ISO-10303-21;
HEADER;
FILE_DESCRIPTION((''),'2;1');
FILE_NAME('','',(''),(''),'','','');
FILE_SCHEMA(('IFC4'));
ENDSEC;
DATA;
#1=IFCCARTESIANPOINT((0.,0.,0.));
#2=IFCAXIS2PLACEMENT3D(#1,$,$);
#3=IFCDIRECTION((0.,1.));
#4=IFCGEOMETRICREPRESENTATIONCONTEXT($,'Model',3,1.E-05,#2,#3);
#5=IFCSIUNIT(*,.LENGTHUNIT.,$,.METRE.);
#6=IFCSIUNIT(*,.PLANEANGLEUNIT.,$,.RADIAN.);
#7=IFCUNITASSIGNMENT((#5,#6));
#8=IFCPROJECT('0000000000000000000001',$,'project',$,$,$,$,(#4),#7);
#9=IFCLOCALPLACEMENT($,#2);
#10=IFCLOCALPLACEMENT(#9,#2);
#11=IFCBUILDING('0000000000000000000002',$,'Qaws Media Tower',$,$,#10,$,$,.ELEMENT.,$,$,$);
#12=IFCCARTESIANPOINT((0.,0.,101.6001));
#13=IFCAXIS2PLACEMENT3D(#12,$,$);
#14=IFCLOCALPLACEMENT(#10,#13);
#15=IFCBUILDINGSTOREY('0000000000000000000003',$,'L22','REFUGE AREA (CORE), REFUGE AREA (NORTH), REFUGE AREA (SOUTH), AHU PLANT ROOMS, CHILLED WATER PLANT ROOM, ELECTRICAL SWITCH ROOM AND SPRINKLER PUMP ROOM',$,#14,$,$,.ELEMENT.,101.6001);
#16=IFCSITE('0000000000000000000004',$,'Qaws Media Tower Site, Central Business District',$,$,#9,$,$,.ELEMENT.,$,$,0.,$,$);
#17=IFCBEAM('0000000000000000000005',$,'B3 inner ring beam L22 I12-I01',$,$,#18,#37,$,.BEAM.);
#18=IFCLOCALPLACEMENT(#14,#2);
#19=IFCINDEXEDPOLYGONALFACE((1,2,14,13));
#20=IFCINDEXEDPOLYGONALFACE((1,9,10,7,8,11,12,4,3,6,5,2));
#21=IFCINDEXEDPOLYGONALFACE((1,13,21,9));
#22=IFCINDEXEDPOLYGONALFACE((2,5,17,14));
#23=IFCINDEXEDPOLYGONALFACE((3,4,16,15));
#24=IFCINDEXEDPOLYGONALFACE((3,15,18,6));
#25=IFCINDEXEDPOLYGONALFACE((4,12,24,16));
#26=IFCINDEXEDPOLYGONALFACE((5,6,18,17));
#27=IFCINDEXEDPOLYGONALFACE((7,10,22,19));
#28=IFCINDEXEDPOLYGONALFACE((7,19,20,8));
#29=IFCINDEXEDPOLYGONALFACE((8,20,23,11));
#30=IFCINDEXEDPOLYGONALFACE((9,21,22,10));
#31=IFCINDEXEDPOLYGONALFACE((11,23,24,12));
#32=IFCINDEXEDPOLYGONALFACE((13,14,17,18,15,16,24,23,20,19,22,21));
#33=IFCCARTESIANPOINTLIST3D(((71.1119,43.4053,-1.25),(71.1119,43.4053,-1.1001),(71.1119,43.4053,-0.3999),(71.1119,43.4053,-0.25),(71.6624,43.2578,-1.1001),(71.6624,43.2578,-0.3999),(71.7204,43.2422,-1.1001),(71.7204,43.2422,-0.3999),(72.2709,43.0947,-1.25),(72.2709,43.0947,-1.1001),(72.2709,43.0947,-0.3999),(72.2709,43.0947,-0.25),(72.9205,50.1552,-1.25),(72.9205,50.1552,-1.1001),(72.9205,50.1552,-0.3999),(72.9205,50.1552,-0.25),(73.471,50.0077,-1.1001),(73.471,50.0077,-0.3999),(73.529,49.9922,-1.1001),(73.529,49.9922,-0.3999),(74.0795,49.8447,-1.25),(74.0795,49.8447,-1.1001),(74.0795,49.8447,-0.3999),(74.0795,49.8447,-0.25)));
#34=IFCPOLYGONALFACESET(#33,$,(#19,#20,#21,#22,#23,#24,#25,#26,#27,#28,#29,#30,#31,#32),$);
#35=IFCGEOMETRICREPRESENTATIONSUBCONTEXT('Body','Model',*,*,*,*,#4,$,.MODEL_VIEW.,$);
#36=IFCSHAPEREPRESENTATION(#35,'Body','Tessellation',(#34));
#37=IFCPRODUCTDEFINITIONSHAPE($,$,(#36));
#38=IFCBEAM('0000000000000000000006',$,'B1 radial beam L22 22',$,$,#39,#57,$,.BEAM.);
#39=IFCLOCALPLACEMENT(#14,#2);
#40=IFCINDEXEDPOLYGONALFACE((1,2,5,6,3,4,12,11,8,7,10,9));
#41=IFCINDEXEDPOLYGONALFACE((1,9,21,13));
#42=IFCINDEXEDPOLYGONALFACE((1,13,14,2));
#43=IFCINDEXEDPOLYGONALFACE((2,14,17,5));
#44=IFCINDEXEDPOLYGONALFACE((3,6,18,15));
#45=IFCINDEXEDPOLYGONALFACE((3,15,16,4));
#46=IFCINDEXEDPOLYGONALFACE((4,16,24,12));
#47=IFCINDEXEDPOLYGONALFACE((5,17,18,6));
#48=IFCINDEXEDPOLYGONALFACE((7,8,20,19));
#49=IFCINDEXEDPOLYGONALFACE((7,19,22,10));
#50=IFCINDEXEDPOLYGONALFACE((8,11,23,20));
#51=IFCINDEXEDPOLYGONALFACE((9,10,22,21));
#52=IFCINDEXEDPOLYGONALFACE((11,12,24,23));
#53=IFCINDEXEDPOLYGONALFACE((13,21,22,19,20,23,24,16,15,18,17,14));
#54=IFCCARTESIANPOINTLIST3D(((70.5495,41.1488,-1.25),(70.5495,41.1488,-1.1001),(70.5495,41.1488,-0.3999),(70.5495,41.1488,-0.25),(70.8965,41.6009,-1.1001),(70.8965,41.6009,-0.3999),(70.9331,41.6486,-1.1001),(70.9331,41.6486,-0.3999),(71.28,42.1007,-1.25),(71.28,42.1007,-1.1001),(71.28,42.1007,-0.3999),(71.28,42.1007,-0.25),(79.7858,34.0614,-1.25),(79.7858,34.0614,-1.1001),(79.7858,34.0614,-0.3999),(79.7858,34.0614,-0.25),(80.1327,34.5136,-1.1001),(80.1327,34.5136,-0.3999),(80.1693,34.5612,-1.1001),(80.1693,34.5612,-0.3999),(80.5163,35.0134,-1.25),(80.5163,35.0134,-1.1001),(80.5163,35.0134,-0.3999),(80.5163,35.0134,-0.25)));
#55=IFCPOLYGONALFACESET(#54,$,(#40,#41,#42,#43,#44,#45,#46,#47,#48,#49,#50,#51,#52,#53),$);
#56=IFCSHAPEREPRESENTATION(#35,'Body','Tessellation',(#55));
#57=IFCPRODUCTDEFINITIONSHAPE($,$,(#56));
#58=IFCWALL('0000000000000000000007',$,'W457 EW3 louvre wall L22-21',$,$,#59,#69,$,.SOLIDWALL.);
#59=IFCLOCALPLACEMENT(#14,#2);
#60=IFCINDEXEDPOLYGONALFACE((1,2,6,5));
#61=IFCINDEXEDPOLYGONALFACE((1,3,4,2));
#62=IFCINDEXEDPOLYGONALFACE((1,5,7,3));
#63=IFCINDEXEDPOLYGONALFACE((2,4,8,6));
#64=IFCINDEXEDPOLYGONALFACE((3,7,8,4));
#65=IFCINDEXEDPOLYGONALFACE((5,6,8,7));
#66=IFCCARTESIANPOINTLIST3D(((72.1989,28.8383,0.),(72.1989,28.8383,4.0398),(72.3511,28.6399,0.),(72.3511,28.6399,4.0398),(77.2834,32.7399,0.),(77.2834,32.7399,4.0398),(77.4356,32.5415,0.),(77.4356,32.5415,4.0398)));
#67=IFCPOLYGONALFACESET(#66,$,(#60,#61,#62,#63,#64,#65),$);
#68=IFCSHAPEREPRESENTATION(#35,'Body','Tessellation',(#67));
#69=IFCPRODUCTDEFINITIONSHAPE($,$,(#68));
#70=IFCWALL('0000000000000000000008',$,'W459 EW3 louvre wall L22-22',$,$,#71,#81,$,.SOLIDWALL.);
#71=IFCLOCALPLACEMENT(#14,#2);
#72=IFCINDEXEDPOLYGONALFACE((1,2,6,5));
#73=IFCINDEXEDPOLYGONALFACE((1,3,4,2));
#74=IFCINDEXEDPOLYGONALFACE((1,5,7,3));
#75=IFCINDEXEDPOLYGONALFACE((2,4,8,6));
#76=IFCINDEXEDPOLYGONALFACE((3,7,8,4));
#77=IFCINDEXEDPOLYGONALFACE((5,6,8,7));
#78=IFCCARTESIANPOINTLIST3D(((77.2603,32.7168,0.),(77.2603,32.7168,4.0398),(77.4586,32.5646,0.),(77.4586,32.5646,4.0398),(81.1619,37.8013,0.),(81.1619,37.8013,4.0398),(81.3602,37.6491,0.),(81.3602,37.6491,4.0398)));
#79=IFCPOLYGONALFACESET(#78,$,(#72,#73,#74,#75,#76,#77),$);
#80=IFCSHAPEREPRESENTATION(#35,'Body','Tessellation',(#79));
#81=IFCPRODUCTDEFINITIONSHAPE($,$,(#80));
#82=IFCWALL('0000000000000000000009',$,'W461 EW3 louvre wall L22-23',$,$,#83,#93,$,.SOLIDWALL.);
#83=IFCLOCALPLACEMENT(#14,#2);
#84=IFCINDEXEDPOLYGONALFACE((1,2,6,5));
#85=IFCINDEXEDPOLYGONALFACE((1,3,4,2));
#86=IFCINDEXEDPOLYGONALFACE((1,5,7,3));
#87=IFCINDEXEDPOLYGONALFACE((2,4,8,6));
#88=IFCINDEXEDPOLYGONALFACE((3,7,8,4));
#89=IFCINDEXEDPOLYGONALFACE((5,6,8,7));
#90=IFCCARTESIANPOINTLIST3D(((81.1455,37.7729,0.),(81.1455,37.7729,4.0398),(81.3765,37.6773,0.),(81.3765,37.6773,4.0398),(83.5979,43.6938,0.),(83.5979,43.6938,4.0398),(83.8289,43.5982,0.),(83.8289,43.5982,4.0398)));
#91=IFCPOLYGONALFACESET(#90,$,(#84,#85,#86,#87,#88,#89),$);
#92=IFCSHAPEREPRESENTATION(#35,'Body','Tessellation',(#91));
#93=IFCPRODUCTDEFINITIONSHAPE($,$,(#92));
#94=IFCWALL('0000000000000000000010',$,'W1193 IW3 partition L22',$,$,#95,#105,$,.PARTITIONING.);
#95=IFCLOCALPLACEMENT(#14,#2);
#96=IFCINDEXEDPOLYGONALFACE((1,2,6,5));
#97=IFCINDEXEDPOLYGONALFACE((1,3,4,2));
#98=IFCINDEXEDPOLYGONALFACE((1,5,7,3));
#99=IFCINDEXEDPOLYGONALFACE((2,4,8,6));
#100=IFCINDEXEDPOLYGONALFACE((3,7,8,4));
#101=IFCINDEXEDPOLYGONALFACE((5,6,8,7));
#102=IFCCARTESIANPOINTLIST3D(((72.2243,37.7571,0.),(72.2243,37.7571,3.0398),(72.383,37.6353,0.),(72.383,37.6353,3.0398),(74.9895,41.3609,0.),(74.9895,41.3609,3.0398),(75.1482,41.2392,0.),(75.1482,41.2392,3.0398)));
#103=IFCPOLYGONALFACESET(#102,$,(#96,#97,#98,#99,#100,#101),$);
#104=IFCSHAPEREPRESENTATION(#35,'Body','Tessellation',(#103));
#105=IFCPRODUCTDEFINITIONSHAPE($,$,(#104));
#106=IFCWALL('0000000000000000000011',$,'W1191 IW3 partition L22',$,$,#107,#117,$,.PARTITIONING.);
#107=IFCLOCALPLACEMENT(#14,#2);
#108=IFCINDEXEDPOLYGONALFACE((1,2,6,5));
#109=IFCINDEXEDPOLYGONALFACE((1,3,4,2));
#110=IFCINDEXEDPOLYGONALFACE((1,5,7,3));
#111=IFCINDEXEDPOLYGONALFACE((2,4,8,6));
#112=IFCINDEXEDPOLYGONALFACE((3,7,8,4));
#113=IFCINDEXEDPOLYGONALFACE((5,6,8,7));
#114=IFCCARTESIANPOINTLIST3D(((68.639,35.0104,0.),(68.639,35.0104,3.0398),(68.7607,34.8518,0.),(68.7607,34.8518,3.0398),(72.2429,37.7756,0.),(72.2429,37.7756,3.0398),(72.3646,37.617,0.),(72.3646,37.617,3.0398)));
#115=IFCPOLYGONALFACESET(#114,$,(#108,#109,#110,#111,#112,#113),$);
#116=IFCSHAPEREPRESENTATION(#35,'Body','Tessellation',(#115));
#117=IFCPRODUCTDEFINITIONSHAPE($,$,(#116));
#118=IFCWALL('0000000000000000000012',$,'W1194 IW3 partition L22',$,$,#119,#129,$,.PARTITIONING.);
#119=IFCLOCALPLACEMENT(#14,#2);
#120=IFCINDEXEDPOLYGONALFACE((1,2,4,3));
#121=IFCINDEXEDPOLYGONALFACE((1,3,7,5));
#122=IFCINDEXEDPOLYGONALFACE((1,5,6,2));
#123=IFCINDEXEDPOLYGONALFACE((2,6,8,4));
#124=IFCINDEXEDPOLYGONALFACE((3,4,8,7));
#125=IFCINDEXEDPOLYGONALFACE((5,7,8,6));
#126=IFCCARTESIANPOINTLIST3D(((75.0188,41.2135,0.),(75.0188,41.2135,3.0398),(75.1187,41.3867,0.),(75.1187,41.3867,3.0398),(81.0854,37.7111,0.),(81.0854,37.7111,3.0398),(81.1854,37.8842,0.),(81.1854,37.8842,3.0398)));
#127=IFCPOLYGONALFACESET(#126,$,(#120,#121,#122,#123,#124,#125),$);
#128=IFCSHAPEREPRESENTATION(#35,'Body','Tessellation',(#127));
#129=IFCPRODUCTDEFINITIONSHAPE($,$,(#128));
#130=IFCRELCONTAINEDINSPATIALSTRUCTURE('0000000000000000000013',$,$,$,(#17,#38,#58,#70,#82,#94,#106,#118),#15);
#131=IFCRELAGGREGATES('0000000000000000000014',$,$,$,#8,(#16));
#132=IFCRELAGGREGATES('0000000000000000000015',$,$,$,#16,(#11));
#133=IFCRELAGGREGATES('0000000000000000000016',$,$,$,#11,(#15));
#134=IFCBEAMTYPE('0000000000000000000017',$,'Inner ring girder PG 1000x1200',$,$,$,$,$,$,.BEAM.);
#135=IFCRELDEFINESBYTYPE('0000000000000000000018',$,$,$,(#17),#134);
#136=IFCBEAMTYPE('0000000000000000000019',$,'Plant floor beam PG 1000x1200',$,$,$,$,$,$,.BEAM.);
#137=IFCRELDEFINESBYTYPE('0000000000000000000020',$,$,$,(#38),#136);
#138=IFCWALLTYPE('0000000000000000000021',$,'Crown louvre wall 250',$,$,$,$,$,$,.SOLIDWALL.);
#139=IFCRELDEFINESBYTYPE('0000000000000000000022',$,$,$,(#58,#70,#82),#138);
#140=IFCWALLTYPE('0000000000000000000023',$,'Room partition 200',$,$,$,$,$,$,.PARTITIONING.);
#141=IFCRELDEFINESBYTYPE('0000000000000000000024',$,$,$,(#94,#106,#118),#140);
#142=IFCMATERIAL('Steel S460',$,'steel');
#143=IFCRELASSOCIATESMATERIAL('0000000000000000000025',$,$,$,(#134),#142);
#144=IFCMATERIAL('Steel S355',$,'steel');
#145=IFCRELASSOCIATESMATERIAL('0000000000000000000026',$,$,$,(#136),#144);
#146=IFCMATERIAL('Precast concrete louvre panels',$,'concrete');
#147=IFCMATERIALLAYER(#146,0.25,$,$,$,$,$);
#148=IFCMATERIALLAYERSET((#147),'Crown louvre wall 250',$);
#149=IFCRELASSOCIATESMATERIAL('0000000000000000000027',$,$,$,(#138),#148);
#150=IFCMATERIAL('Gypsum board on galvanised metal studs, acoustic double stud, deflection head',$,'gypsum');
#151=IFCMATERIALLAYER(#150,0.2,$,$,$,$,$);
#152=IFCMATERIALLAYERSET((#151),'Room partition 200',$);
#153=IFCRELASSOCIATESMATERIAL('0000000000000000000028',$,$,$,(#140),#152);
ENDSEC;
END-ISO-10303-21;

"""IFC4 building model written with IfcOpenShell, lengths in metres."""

from ifc_helpers import new_model, si_unit, direction, frame, frame_2d, origin, origin_2d, place, context, subcontext, project, spatial, rectangle, i_section, extrude, material, layer, layer_set, material_profile, profile_set, type_object, element, save


model = new_model("IFC4")

# Units and contexts
model_context = context("Model", 3, precision=1e-05, world=origin(), true_north=direction((0.0, 1.0)))
body_context = subcontext(model_context, "Body", "Model", "MODEL_VIEW")
ifc_project = project(units=[si_unit("LENGTHUNIT", "METRE"), si_unit("PLANEANGLEUNIT", "RADIAN")], contexts=[model_context])

# Site, building, storey
site_placement = place(None, origin())
site = spatial("IfcSite", under=ifc_project, at=site_placement, Name="Qaws Media Tower Site, Central Business District", CompositionType="ELEMENT", RefElevation=0.0)
building_placement = place(site_placement, origin())
building = spatial("IfcBuilding", under=site, at=building_placement, Name="Qaws Media Tower", CompositionType="ELEMENT")
storey_placement = place(building_placement, frame((0.0, 0.0, 101.6001)))
storey = spatial("IfcBuildingStorey", under=building, at=storey_placement, Name="L22", Description="REFUGE AREA (CORE), REFUGE AREA (NORTH), REFUGE AREA (SOUTH), AHU PLANT ROOMS, CHILLED WATER PLANT ROOM, ELECTRICAL SWITCH ROOM AND SPRINKLER PUMP ROOM", CompositionType="ELEMENT", Elevation=101.6001)

# Beams
ifc_material_1 = material(Name="Steel S460", Category="steel")
ifc_material_profile_1 = material_profile(ifc_material_1, i_section(OverallWidth=1.2, OverallDepth=1.0, WebThickness=0.0601, FlangeThickness=0.1499, at=origin_2d()), Name="PG 1000x1200")
ifc_profile_set_1 = profile_set([ifc_material_profile_1], Name="Steel S460")
beam_type_1 = type_object("IfcBeamType", Name="Inner ring girder PG 1000x1200", PredefinedType="BEAM", material=ifc_profile_set_1)
beam_1_placement = place(storey_placement, frame((71.6914, 43.25, -0.75), z_axis=(0.258811, 0.965928, 0.0), x_axis=(-0.965928, 0.258811, 0.0)))
element("IfcBeam", 1, at=beam_1_placement, inside=storey, type_object=beam_type_1, Name="B3 inner ring beam L22 I12-I01", PredefinedType="BEAM", context=body_context, shape_type="SweptSolid", body=[
    extrude(i_section(OverallWidth=1.2, OverallDepth=1.0, WebThickness=0.0601, FlangeThickness=0.1499, at=origin_2d()), origin(), (0.0, 0.0, 1.0), 6.988),
])
ifc_material_2 = material(Name="Steel S355", Category="steel")
ifc_material_profile_2 = material_profile(ifc_material_2, i_section(OverallWidth=1.2, OverallDepth=1.0, WebThickness=0.0601, FlangeThickness=0.1499, at=origin_2d()), Name="PG 1000x1200")
ifc_profile_set_2 = profile_set([ifc_material_profile_2], Name="Steel S355")
beam_type_2 = type_object("IfcBeamType", Name="Plant floor beam PG 1000x1200", PredefinedType="BEAM", material=ifc_profile_set_2)
beam_2_placement = place(storey_placement, frame((70.9148, 41.6248, -0.75), z_axis=(0.793348, -0.608768, 0.0), x_axis=(0.608768, 0.793348, 0.0)))
element("IfcBeam", 2, at=beam_2_placement, inside=storey, type_object=beam_type_2, Name="B1 radial beam L22 22", PredefinedType="BEAM", context=body_context, shape_type="SweptSolid", body=[
    extrude(i_section(OverallWidth=1.2, OverallDepth=1.0, WebThickness=0.0601, FlangeThickness=0.1499, at=origin_2d()), origin(), (0.0, 0.0, 1.0), 11.6421),
])

# Walls
ifc_material_3 = material(Name="Precast concrete louvre panels", Category="concrete")
ifc_layer_1 = layer(ifc_material_3, 0.25)
ifc_layer_set_1 = layer_set([ifc_layer_1], Name="Crown louvre wall 250")
wall_type_1 = type_object("IfcWallType", Name="Crown louvre wall 250", PredefinedType="SOLIDWALL", material=ifc_layer_set_1)
for number, where, z_axis, x_axis, name in (
    (3, (72.2749, 28.739, 0.0), (0.0, 0.0, 1.0), (0.793341, 0.608777, 0.0), "W457 EW3 louvre wall L22-21"),
    (4, (77.3594, 32.6406, 0.0), (0.0, 0.0, 1.0), (0.608777, 0.793341, 0.0), "W459 EW3 louvre wall L22-22"),
):
    element("IfcWall", number, at=place(storey_placement, frame(where, z_axis=z_axis, x_axis=x_axis)), inside=storey, type_object=wall_type_1, Name=name, PredefinedType="SOLIDWALL", context=body_context, shape_type="SweptSolid", body=[
        extrude(rectangle(XDim=6.4089, YDim=0.25, at=frame_2d((3.2046, 0.0))), origin(), (0.0, 0.0, 1.0), 4.0398),
    ])
wall_1_placement = place(storey_placement, frame((81.261, 37.7251, 0.0), z_axis=(0.0, 0.0, 1.0), x_axis=(0.382667, 0.923886, 0.0)))
element("IfcWall", 5, at=wall_1_placement, inside=storey, type_object=wall_type_1, Name="W461 EW3 louvre wall L22-23", PredefinedType="SOLIDWALL", context=body_context, shape_type="SweptSolid", body=[
    extrude(rectangle(XDim=6.4087, YDim=0.25, at=frame_2d((3.2043, 0.0))), origin(), (0.0, 0.0, 1.0), 4.0398),
])
ifc_material_4 = material(Name="Gypsum board on galvanised metal studs, acoustic double stud, deflection head", Category="gypsum")
ifc_layer_2 = layer(ifc_material_4, 0.2)
ifc_layer_set_2 = layer_set([ifc_layer_2], Name="Room partition 200")
wall_type_2 = type_object("IfcWallType", Name="Room partition 200", PredefinedType="PARTITIONING", material=ifc_layer_set_2)
for number, where, z_axis, x_axis, name in (
    (6, (75.0688, 41.3, 0.0), (0.0, 0.0, 1.0), (-0.608744, -0.793367, 0.0), "W1193 IW3 partition L22"),
    (7, (72.3037, 37.6963, 0.0), (0.0, 0.0, 1.0), (-0.793367, -0.608744, 0.0), "W1191 IW3 partition L22"),
):
    element("IfcWall", number, at=place(storey_placement, frame(where, z_axis=z_axis, x_axis=x_axis)), inside=storey, type_object=wall_type_2, Name=name, PredefinedType="PARTITIONING", context=body_context, shape_type="SweptSolid", body=[
        extrude(rectangle(XDim=4.5425, YDim=0.2, at=frame_2d((2.2712, 0.0))), origin(), (0.0, 0.0, 1.0), 3.0398),
    ])
wall_2_placement = place(storey_placement, frame((75.0688, 41.3, 0.0), z_axis=(0.0, 0.0, 1.0), x_axis=(0.866034, -0.499985, 0.0)))
element("IfcWall", 8, at=wall_2_placement, inside=storey, type_object=wall_type_2, Name="W1194 IW3 partition L22", PredefinedType="PARTITIONING", context=body_context, shape_type="SweptSolid", body=[
    extrude(rectangle(XDim=7.0051, YDim=0.2, at=frame_2d((3.5024, 0.0))), origin(), (0.0, 0.0, 1.0), 3.0398),
])

save(model, "model.ifc")
